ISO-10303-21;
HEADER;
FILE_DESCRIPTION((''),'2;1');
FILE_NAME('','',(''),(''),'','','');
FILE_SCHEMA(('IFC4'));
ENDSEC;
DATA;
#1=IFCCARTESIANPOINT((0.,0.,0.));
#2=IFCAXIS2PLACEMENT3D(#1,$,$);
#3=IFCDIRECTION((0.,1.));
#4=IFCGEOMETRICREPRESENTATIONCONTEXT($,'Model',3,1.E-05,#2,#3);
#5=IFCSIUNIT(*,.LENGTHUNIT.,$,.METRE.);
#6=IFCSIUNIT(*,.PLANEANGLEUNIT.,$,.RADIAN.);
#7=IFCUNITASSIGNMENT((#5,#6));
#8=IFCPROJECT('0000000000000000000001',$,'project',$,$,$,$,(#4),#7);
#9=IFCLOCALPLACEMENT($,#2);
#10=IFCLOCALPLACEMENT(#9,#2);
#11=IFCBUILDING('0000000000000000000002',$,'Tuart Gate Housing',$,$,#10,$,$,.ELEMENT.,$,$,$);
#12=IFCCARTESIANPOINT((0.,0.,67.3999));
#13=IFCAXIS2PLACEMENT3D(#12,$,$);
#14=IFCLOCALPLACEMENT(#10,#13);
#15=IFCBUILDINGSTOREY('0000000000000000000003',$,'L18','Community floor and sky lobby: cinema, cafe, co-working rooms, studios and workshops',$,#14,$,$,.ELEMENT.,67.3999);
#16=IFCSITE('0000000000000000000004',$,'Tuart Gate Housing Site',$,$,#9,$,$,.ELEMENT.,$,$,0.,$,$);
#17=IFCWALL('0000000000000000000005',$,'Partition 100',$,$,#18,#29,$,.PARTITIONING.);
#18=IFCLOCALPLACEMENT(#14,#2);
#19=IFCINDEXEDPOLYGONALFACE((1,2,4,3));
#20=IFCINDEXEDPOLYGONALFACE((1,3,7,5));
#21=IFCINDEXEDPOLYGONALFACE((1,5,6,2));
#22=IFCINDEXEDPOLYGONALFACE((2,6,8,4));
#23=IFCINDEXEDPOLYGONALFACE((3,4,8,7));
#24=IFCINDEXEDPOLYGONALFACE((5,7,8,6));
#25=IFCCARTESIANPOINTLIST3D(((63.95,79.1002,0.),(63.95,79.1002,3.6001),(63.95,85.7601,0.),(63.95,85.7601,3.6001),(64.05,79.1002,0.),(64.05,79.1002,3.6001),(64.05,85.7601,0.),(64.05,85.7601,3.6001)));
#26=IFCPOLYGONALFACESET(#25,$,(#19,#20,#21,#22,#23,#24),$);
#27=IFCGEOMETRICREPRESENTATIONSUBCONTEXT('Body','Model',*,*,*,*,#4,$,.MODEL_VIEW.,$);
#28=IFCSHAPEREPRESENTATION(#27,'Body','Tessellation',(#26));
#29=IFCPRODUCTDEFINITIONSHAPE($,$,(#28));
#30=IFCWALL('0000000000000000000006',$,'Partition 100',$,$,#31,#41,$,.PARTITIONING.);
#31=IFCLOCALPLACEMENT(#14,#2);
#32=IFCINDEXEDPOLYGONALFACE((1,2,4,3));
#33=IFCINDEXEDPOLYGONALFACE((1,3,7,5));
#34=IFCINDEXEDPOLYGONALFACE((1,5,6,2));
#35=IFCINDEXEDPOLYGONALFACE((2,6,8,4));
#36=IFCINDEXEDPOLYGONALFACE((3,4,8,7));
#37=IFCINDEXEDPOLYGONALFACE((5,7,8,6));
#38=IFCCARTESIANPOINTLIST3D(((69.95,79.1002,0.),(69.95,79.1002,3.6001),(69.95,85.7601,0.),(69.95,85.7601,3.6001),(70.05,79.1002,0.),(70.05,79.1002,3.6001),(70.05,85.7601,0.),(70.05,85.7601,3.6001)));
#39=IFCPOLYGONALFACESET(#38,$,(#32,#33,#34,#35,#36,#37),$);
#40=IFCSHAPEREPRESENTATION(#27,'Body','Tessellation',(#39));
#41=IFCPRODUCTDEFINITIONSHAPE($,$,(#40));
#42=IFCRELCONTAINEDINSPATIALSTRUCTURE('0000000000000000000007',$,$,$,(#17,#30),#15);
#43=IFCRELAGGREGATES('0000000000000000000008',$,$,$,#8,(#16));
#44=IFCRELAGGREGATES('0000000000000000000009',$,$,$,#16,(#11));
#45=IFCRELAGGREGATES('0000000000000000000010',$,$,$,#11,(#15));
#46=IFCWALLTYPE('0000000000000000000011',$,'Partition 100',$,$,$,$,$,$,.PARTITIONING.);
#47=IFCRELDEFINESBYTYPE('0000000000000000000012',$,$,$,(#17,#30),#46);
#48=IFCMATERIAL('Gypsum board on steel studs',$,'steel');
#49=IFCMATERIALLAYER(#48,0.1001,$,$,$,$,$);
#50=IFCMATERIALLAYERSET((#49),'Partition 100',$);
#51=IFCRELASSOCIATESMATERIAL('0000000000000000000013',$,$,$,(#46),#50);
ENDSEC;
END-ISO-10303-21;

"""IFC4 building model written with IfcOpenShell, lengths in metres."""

from ifc_helpers import new_model, si_unit, direction, frame, frame_2d, origin, place, context, subcontext, project, spatial, rectangle, extrude, material, layer, layer_set, type_object, element, save


model = new_model("IFC4")

# Units and contexts
model_context = context("Model", 3, precision=1e-05, world=origin(), true_north=direction((0.0, 1.0)))
body_context = subcontext(model_context, "Body", "Model", "MODEL_VIEW")
ifc_project = project(units=[si_unit("LENGTHUNIT", "METRE"), si_unit("PLANEANGLEUNIT", "RADIAN")], contexts=[model_context])

# Site, building, storey
site_placement = place(None, origin())
site = spatial("IfcSite", under=ifc_project, at=site_placement, Name="Tuart Gate Housing Site", CompositionType="ELEMENT", RefElevation=0.0)
building_placement = place(site_placement, origin())
building = spatial("IfcBuilding", under=site, at=building_placement, Name="Tuart Gate Housing", CompositionType="ELEMENT")
storey_placement = place(building_placement, frame((0.0, 0.0, 67.3999)))
storey = spatial("IfcBuildingStorey", under=building, at=storey_placement, Name="L18", Description="Community floor and sky lobby: cinema, cafe, co-working rooms, studios and workshops", CompositionType="ELEMENT", Elevation=67.3999)

# Walls
ifc_material_1 = material(Name="Gypsum board on steel studs", Category="steel")
ifc_layer_1 = layer(ifc_material_1, 0.1001)
ifc_layer_set_1 = layer_set([ifc_layer_1], Name="Partition 100")
wall_type_1 = type_object("IfcWallType", Name="Partition 100", PredefinedType="PARTITIONING", material=ifc_layer_set_1)
for number, where, z_axis, x_axis, name in (
    (1, (64.0, 79.1001, 0.0), (0.0, 0.0, 1.0), (0.0, 1.0, 0.0), "Partition 100"),
    (2, (70.0, 79.1001, 0.0), (0.0, 0.0, 1.0), (0.0, 1.0, 0.0), "Partition 100"),
):
    element("IfcWall", number, at=place(storey_placement, frame(where, z_axis=z_axis, x_axis=x_axis)), inside=storey, type_object=wall_type_1, Name=name, PredefinedType="PARTITIONING", context=body_context, shape_type="SweptSolid", body=[
        extrude(rectangle(XDim=6.6599, YDim=0.1001, at=frame_2d((3.3301, 0.0))), origin(), (0.0, 0.0, 1.0), 3.6001),
    ])

save(model, "model.ifc")
